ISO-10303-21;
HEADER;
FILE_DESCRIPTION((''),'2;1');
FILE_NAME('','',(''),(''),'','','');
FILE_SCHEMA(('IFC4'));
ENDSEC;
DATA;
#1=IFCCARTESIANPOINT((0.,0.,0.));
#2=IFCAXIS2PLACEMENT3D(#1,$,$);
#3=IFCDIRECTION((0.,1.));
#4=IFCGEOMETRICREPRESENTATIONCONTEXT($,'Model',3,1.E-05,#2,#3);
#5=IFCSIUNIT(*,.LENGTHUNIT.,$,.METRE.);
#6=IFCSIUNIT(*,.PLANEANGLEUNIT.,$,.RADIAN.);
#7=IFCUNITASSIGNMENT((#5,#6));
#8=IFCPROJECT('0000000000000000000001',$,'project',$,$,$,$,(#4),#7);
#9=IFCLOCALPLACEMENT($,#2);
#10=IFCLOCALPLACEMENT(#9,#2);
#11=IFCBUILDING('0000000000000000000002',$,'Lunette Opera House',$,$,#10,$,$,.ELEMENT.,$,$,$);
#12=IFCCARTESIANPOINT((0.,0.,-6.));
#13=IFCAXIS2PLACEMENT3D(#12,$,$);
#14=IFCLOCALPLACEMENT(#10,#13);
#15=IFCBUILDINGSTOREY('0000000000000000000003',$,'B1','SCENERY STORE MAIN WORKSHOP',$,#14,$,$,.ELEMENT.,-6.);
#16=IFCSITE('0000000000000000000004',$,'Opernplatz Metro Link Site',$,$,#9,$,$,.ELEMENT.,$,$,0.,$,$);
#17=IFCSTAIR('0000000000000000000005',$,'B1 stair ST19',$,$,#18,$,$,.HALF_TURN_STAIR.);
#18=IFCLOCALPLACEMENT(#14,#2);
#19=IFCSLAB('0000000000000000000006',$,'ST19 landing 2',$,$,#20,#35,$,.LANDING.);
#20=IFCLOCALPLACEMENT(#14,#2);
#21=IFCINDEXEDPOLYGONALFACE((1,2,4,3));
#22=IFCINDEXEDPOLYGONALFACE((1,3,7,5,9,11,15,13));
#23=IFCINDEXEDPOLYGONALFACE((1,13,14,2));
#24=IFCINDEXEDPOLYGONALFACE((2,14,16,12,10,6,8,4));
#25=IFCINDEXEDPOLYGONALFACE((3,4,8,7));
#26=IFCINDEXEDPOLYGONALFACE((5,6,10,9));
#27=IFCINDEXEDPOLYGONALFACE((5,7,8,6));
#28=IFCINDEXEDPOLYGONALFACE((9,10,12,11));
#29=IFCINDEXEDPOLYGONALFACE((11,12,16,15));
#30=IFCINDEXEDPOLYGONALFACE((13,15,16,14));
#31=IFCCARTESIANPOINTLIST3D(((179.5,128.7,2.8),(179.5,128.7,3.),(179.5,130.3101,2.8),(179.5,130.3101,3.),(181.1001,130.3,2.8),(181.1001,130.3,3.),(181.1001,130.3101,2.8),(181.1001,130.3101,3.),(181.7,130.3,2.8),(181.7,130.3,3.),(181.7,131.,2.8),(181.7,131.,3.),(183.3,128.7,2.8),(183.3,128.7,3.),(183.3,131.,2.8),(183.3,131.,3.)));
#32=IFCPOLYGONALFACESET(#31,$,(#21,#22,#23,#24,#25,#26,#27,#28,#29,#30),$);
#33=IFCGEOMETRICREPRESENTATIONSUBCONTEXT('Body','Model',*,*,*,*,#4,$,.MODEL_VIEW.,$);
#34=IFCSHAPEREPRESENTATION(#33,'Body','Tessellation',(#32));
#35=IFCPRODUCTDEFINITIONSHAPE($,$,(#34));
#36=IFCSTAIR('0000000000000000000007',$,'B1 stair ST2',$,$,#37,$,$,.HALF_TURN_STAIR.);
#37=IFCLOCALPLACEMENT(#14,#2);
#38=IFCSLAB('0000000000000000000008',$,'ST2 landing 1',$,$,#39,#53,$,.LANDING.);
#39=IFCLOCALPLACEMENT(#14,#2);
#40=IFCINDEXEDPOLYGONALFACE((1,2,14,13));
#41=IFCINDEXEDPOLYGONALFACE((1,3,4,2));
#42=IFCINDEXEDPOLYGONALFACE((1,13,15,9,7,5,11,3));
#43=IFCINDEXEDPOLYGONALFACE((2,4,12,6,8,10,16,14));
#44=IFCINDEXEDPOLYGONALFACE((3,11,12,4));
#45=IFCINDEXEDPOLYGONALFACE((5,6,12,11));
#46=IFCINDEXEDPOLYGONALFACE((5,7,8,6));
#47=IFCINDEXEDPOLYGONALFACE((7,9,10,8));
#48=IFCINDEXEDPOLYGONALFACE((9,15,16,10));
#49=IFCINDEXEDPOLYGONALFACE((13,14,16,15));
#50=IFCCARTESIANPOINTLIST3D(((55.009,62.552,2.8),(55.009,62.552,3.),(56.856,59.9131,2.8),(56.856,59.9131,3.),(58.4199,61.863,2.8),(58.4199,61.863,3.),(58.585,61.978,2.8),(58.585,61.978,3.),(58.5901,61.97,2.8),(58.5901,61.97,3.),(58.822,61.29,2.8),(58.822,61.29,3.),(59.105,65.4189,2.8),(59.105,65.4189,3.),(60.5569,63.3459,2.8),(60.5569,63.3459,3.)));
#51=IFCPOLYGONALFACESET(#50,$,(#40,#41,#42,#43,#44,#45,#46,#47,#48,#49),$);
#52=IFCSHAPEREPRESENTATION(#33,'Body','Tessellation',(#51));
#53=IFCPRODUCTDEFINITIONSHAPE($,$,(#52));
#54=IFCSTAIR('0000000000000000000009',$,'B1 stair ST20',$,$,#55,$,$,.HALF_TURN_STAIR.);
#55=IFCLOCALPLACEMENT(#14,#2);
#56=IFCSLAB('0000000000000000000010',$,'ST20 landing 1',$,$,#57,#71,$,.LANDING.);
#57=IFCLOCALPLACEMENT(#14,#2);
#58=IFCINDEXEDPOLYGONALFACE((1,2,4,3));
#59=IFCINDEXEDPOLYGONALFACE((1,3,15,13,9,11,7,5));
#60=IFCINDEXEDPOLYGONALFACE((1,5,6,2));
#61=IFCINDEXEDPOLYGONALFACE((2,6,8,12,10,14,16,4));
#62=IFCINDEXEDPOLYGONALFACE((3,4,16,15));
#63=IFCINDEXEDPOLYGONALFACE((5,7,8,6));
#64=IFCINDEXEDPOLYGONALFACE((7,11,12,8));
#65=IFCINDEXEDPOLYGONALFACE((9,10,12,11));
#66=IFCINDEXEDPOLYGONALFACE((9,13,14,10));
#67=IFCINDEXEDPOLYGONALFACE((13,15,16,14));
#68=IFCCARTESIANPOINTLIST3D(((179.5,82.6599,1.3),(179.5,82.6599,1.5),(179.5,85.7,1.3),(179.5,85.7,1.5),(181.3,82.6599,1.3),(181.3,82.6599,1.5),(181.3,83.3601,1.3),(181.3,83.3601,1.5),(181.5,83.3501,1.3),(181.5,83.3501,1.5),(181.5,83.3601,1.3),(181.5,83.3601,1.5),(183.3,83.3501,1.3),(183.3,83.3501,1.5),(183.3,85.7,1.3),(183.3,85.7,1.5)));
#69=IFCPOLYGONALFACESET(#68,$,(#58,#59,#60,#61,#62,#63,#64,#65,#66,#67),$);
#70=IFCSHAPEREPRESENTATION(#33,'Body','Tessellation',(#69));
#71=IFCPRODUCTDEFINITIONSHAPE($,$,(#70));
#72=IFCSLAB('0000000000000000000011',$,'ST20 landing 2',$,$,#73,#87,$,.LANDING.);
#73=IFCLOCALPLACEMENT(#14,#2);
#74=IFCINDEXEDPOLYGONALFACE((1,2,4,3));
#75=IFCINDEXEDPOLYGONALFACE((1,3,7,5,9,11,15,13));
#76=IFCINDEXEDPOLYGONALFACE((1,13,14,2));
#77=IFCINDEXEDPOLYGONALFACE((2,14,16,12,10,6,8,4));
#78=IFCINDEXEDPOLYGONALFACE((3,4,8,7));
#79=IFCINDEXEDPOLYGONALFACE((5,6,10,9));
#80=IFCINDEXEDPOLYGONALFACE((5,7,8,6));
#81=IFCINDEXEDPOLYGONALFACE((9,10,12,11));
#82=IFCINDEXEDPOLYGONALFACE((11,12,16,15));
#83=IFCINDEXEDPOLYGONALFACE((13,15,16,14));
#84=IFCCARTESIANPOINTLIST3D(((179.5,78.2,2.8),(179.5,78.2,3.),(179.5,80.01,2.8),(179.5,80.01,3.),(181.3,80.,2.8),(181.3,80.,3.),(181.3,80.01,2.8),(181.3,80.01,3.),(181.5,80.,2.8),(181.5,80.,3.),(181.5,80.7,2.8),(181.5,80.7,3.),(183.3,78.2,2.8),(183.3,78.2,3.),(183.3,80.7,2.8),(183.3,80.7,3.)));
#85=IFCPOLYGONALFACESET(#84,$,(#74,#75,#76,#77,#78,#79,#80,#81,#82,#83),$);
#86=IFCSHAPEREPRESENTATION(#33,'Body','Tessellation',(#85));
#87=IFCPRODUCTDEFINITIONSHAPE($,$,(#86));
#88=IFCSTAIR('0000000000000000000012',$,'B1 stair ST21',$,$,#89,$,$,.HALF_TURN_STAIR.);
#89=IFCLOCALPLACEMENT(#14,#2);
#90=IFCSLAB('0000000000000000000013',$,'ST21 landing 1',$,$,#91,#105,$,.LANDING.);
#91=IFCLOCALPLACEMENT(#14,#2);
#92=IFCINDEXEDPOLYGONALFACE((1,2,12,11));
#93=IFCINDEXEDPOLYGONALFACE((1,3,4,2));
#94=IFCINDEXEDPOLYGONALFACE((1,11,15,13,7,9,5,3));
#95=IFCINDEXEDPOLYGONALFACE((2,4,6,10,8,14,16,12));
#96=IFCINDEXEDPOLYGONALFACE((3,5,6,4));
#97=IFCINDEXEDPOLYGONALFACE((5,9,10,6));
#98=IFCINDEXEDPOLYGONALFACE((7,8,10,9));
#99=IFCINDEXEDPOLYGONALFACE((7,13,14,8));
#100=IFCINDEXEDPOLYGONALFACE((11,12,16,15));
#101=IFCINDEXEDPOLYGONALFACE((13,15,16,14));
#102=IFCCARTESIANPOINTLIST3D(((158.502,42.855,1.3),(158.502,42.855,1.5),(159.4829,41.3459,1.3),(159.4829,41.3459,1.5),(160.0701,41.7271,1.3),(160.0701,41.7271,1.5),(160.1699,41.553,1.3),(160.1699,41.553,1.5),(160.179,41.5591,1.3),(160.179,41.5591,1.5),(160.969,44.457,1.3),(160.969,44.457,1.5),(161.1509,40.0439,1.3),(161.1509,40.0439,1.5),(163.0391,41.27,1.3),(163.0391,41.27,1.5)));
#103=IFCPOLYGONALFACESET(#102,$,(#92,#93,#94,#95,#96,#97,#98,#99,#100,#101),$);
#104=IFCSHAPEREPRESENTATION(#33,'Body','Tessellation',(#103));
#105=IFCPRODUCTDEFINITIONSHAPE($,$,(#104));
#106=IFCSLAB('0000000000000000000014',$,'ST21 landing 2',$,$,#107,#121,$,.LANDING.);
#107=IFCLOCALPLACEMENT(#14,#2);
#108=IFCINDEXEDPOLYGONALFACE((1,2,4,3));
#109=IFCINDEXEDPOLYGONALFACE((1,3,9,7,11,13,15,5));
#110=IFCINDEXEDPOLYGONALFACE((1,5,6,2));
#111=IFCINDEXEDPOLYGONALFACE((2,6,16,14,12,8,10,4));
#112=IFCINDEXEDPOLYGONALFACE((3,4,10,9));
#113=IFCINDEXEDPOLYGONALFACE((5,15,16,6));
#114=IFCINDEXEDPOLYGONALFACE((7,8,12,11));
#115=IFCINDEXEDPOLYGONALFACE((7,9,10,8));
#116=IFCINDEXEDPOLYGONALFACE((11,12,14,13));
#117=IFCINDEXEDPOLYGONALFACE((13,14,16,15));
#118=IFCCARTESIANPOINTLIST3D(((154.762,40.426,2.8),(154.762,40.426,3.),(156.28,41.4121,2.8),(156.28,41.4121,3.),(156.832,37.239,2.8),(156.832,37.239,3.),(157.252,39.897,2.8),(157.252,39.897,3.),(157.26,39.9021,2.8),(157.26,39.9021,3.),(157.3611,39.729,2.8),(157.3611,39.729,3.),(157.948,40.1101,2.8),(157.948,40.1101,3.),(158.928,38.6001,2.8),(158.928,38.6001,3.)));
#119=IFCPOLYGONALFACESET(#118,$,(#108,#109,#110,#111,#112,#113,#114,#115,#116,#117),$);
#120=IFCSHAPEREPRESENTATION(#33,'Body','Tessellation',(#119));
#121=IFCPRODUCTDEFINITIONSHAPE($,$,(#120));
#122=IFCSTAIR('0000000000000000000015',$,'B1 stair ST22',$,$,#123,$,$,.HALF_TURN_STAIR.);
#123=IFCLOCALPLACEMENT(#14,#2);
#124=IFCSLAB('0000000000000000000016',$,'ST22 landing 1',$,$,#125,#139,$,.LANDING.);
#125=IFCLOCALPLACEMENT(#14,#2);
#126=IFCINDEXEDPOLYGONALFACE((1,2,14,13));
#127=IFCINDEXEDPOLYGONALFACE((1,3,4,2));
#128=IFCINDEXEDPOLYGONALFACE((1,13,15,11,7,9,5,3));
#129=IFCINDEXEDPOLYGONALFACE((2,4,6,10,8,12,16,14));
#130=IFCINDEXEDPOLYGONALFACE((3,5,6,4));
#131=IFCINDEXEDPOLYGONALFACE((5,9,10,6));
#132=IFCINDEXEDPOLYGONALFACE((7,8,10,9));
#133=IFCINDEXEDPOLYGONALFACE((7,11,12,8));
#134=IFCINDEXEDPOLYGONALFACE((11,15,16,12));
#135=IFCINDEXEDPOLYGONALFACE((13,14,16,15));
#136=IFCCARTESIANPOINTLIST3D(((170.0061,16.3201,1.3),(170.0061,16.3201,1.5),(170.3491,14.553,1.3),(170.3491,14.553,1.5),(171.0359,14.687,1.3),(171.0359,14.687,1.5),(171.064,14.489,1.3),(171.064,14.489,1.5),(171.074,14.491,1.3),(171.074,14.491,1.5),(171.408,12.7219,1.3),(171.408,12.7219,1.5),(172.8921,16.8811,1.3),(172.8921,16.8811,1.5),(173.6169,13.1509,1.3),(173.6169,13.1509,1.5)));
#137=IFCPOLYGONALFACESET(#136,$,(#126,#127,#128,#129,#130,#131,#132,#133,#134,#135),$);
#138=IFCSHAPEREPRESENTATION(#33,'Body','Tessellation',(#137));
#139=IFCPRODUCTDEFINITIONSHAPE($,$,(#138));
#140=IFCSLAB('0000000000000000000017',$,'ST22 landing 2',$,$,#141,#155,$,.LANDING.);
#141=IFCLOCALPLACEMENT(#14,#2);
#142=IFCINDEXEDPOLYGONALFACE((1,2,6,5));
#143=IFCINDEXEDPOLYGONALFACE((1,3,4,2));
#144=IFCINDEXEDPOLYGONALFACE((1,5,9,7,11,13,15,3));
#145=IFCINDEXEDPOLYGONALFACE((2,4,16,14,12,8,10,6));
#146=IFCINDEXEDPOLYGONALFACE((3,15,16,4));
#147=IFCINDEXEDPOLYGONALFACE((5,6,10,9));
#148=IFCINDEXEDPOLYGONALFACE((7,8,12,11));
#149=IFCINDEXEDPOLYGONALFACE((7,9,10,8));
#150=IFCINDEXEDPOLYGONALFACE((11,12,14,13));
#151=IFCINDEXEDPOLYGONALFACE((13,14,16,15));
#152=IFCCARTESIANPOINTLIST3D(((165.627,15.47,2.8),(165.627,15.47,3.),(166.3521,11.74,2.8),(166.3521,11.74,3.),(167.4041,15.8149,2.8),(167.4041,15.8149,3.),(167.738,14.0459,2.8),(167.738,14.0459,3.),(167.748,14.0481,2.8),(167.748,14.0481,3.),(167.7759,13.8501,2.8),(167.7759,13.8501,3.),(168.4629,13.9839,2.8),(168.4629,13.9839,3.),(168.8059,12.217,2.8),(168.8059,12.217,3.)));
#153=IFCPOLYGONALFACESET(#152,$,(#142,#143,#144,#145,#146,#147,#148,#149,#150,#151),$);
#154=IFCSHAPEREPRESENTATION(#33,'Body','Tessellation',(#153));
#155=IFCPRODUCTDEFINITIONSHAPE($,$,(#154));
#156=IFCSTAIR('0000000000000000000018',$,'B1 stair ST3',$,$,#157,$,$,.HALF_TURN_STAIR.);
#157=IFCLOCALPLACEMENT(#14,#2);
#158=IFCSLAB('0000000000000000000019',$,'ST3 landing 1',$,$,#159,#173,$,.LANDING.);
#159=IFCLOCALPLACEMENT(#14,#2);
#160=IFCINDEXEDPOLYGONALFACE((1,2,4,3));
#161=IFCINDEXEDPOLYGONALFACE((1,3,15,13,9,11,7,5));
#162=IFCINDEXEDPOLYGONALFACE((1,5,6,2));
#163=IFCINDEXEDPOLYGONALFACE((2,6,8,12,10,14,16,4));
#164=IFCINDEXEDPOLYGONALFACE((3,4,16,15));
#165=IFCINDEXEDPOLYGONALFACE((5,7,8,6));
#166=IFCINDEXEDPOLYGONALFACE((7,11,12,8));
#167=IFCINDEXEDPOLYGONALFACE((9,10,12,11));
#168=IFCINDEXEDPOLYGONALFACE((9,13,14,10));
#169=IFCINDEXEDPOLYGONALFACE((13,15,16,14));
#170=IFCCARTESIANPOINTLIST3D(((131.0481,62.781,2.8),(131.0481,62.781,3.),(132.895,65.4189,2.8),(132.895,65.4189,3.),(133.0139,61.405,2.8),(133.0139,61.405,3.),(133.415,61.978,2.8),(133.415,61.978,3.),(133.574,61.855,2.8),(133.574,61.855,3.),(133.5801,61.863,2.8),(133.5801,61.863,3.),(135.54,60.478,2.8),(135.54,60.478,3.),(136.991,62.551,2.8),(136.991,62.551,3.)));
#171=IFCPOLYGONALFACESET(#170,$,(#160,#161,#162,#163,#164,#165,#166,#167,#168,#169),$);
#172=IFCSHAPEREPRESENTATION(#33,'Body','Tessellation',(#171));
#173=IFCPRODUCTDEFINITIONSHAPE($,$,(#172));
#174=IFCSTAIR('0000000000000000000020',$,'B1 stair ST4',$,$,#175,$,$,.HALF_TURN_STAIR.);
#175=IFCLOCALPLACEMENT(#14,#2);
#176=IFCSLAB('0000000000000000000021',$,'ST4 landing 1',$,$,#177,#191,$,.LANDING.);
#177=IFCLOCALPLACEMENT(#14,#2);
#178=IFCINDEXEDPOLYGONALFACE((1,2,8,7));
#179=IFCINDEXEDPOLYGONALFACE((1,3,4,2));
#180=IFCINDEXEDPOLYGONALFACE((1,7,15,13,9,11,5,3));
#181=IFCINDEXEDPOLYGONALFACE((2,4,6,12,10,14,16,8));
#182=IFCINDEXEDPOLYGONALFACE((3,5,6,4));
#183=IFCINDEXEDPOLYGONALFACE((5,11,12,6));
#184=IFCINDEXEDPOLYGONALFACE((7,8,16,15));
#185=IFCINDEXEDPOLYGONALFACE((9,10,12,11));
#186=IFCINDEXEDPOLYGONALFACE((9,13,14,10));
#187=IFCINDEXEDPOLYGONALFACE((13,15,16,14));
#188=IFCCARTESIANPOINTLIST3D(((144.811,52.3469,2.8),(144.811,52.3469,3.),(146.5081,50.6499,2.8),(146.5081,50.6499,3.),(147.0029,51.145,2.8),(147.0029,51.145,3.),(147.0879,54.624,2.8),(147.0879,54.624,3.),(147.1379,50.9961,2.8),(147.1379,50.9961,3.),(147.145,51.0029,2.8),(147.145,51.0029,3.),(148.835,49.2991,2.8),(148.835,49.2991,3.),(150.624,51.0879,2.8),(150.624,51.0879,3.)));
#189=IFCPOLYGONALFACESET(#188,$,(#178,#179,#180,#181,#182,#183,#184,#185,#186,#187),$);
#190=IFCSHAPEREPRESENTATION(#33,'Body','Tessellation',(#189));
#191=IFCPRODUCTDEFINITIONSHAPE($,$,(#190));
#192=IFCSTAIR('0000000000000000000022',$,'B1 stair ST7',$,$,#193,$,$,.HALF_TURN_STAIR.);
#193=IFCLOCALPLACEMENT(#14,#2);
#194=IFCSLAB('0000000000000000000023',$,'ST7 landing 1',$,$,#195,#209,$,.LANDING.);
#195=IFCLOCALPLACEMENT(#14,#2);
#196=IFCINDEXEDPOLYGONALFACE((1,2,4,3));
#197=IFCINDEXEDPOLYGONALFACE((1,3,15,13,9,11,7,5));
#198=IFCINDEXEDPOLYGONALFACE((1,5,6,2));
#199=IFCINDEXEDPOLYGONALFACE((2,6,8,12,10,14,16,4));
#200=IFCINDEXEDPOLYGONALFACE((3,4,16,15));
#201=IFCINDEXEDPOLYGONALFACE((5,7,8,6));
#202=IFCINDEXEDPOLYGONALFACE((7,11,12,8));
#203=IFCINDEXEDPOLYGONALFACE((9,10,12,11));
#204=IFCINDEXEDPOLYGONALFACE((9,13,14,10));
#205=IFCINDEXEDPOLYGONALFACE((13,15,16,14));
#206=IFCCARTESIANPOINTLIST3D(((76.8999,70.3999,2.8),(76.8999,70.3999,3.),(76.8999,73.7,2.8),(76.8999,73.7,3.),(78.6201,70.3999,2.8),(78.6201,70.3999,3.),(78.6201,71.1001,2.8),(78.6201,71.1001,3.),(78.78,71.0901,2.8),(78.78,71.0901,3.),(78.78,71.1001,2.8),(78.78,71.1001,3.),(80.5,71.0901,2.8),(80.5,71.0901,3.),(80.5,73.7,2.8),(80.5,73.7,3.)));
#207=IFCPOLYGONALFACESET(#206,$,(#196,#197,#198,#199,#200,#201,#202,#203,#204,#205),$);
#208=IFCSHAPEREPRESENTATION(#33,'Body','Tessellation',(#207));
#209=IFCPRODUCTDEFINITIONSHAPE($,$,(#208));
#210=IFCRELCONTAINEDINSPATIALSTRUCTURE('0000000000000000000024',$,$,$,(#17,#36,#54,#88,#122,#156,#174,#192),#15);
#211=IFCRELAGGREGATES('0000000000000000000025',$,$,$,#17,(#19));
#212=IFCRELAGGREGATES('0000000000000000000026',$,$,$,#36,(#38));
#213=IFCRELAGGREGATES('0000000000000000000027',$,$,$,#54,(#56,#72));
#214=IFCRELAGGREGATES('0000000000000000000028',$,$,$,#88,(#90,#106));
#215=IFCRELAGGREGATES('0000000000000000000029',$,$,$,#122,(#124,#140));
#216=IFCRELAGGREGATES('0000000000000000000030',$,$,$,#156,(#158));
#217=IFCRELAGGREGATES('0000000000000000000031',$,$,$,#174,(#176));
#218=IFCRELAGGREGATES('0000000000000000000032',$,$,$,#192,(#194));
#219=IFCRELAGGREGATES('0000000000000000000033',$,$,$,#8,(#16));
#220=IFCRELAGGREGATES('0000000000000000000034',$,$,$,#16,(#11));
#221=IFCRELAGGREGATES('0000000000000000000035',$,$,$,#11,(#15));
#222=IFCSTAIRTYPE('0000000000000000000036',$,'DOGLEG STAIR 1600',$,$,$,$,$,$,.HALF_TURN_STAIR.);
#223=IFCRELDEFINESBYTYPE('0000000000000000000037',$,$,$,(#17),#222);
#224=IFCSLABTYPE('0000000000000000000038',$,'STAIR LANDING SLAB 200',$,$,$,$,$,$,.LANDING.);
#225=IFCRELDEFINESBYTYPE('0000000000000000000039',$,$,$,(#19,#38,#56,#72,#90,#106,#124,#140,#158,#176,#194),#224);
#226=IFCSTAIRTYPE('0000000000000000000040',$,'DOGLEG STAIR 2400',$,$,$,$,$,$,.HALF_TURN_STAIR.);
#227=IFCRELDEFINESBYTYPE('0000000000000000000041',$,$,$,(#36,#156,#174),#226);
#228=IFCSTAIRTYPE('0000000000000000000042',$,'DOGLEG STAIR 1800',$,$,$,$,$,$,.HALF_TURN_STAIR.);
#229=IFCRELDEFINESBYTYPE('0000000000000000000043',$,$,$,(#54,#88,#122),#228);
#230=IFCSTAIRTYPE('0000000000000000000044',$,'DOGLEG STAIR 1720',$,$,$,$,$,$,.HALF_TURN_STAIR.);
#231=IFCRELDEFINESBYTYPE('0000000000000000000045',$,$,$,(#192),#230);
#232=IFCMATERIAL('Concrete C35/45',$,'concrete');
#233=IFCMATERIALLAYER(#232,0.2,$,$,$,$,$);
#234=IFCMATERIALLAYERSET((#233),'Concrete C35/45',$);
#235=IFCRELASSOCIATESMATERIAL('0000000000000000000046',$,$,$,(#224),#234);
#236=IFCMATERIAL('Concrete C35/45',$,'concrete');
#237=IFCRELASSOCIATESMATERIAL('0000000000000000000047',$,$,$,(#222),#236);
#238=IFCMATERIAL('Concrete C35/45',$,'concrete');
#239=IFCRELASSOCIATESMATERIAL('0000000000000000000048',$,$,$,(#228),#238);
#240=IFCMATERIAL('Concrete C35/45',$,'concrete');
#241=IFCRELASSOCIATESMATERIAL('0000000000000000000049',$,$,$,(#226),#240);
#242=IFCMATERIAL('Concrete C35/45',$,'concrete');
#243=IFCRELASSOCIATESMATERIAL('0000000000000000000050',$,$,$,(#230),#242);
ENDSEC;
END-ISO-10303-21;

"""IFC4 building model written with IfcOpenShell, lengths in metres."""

from ifc_helpers import new_model, si_unit, direction, frame, origin, place, context, subcontext, project, spatial, polyline, outline, extrude, material, layer, layer_set, type_object, element, aggregate, save


model = new_model("IFC4")

# Units and contexts
model_context = context("Model", 3, precision=1e-05, world=origin(), true_north=direction((0.0, 1.0)))
body_context = subcontext(model_context, "Body", "Model", "MODEL_VIEW")
ifc_project = project(units=[si_unit("LENGTHUNIT", "METRE"), si_unit("PLANEANGLEUNIT", "RADIAN")], contexts=[model_context])

# Site, building, storey
site_placement = place(None, origin())
site = spatial("IfcSite", under=ifc_project, at=site_placement, Name="Opernplatz Metro Link Site", CompositionType="ELEMENT", RefElevation=0.0)
building_placement = place(site_placement, origin())
building = spatial("IfcBuilding", under=site, at=building_placement, Name="Lunette Opera House", CompositionType="ELEMENT")
storey_placement = place(building_placement, frame((0.0, 0.0, -6.0)))
storey = spatial("IfcBuildingStorey", under=building, at=storey_placement, Name="B1", Description="SCENERY STORE MAIN WORKSHOP", CompositionType="ELEMENT", Elevation=-6.0)

# Shared definitions
ifc_material_1 = material(Name="Concrete C35/45", Category="concrete")
ifc_layer_1 = layer(ifc_material_1, 0.2)
ifc_layer_set_1 = layer_set([ifc_layer_1], Name="Concrete C35/45")
slab_type_1 = type_object("IfcSlabType", Name="STAIR LANDING SLAB 200", PredefinedType="LANDING", material=ifc_layer_set_1)

# Stair, slab
ifc_material_2 = material(Name="Concrete C35/45", Category="concrete")
stair_type_1 = type_object("IfcStairType", Name="DOGLEG STAIR 1600", PredefinedType="HALF_TURN_STAIR", material=ifc_material_2)
ifc_material_3 = material(Name="Concrete C35/45", Category="concrete")
stair_type_2 = type_object("IfcStairType", Name="DOGLEG STAIR 1800", PredefinedType="HALF_TURN_STAIR", material=ifc_material_3)
stair_1_placement = place(storey_placement, origin())
stair_1 = element("IfcStair", 1, at=stair_1_placement, inside=storey, type_object=stair_type_1, Name="B1 stair ST19", PredefinedType="HALF_TURN_STAIR")
slab_1_placement = place(storey_placement, frame((0.0, 0.0, 2.8)))
slab_1 = element("IfcSlab", 2, at=slab_1_placement, type_object=slab_type_1, Name="ST19 landing 2", PredefinedType="LANDING", context=body_context, shape_type="SweptSolid", body=[
    extrude(outline(polyline([(179.5, 128.7), (179.5, 130.3101), (181.1001, 130.3101), (181.1001, 130.3), (181.7, 130.3), (181.7, 131.0), (183.3, 131.0), (183.3, 128.7), (179.5, 128.7)])), origin(), (0.0, 0.0, 1.0), 0.2),
])
aggregate(stair_1, [slab_1])

# Stair, slab
ifc_material_4 = material(Name="Concrete C35/45", Category="concrete")
stair_type_3 = type_object("IfcStairType", Name="DOGLEG STAIR 2400", PredefinedType="HALF_TURN_STAIR", material=ifc_material_4)
stair_2_placement = place(storey_placement, origin())
stair_2 = element("IfcStair", 3, at=stair_2_placement, inside=storey, type_object=stair_type_3, Name="B1 stair ST2", PredefinedType="HALF_TURN_STAIR")
slab_2_placement = place(storey_placement, frame((0.0, 0.0, 2.8)))
slab_2 = element("IfcSlab", 4, at=slab_2_placement, type_object=slab_type_1, Name="ST2 landing 1", PredefinedType="LANDING", context=body_context, shape_type="SweptSolid", body=[
    extrude(outline(polyline([(55.009, 62.552), (59.105, 65.4189), (60.5569, 63.3459), (58.5901, 61.97), (58.585, 61.978), (58.4199, 61.863), (58.822, 61.29), (56.856, 59.9131), (55.009, 62.552)])), origin(), (0.0, 0.0, 1.0), 0.2),
])
aggregate(stair_2, [slab_2])

# Stairs, slabs
stair_3_placement = place(storey_placement, origin())
stair_3 = element("IfcStair", 5, at=stair_3_placement, inside=storey, type_object=stair_type_2, Name="B1 stair ST20", PredefinedType="HALF_TURN_STAIR")
slab_3_placement = place(storey_placement, frame((0.0, 0.0, 1.3)))
slab_3 = element("IfcSlab", 6, at=slab_3_placement, type_object=slab_type_1, Name="ST20 landing 1", PredefinedType="LANDING", context=body_context, shape_type="SweptSolid", body=[
    extrude(outline(polyline([(183.3, 83.3501), (181.5, 83.3501), (181.5, 83.3601), (181.3, 83.3601), (181.3, 82.6599), (179.5, 82.6599), (179.5, 85.7), (183.3, 85.7), (183.3, 83.3501)])), origin(), (0.0, 0.0, 1.0), 0.2),
])
slab_4_placement = place(storey_placement, frame((0.0, 0.0, 2.8)))
slab_4 = element("IfcSlab", 7, at=slab_4_placement, type_object=slab_type_1, Name="ST20 landing 2", PredefinedType="LANDING", context=body_context, shape_type="SweptSolid", body=[
    extrude(outline(polyline([(179.5, 78.2), (179.5, 80.01), (181.3, 80.01), (181.3, 80.0), (181.5, 80.0), (181.5, 80.7), (183.3, 80.7), (183.3, 78.2), (179.5, 78.2)])), origin(), (0.0, 0.0, 1.0), 0.2),
])
aggregate(stair_3, [slab_3, slab_4])
stair_4_placement = place(storey_placement, origin())
stair_4 = element("IfcStair", 8, at=stair_4_placement, inside=storey, type_object=stair_type_2, Name="B1 stair ST21", PredefinedType="HALF_TURN_STAIR")
slab_5_placement = place(storey_placement, frame((0.0, 0.0, 1.3)))
slab_5 = element("IfcSlab", 9, at=slab_5_placement, type_object=slab_type_1, Name="ST21 landing 1", PredefinedType="LANDING", context=body_context, shape_type="SweptSolid", body=[
    extrude(outline(polyline([(163.0391, 41.27), (161.1509, 40.0439), (160.1699, 41.553), (160.179, 41.5591), (160.0701, 41.7271), (159.4829, 41.3459), (158.502, 42.855), (160.969, 44.457), (163.0391, 41.27)])), origin(), (0.0, 0.0, 1.0), 0.2),
])
slab_6_placement = place(storey_placement, frame((0.0, 0.0, 2.8)))
slab_6 = element("IfcSlab", 10, at=slab_6_placement, type_object=slab_type_1, Name="ST21 landing 2", PredefinedType="LANDING", context=body_context, shape_type="SweptSolid", body=[
    extrude(outline(polyline([(154.762, 40.426), (156.28, 41.4121), (157.26, 39.9021), (157.252, 39.897), (157.3611, 39.729), (157.948, 40.1101), (158.928, 38.6001), (156.832, 37.239), (154.762, 40.426)])), origin(), (0.0, 0.0, 1.0), 0.2),
])
aggregate(stair_4, [slab_5, slab_6])
stair_5_placement = place(storey_placement, origin())
stair_5 = element("IfcStair", 11, at=stair_5_placement, inside=storey, type_object=stair_type_2, Name="B1 stair ST22", PredefinedType="HALF_TURN_STAIR")
slab_7_placement = place(storey_placement, frame((0.0, 0.0, 1.3)))
slab_7 = element("IfcSlab", 12, at=slab_7_placement, type_object=slab_type_1, Name="ST22 landing 1", PredefinedType="LANDING", context=body_context, shape_type="SweptSolid", body=[
    extrude(outline(polyline([(171.408, 12.7219), (171.064, 14.489), (171.074, 14.491), (171.0359, 14.687), (170.3491, 14.553), (170.0061, 16.3201), (172.8921, 16.8811), (173.6169, 13.1509), (171.408, 12.7219)])), origin(), (0.0, 0.0, 1.0), 0.2),
])
slab_8_placement = place(storey_placement, frame((0.0, 0.0, 2.8)))
slab_8 = element("IfcSlab", 13, at=slab_8_placement, type_object=slab_type_1, Name="ST22 landing 2", PredefinedType="LANDING", context=body_context, shape_type="SweptSolid", body=[
    extrude(outline(polyline([(166.3521, 11.74), (165.627, 15.47), (167.4041, 15.8149), (167.748, 14.0481), (167.738, 14.0459), (167.7759, 13.8501), (168.4629, 13.9839), (168.8059, 12.217), (166.3521, 11.74)])), origin(), (0.0, 0.0, 1.0), 0.2),
])
aggregate(stair_5, [slab_7, slab_8])

# Stairs, slabs
stair_6_placement = place(storey_placement, origin())
stair_6 = element("IfcStair", 14, at=stair_6_placement, inside=storey, type_object=stair_type_3, Name="B1 stair ST3", PredefinedType="HALF_TURN_STAIR")
slab_9_placement = place(storey_placement, frame((0.0, 0.0, 2.8)))
slab_9 = element("IfcSlab", 15, at=slab_9_placement, type_object=slab_type_1, Name="ST3 landing 1", PredefinedType="LANDING", context=body_context, shape_type="SweptSolid", body=[
    extrude(outline(polyline([(136.991, 62.551), (135.54, 60.478), (133.574, 61.855), (133.5801, 61.863), (133.415, 61.978), (133.0139, 61.405), (131.0481, 62.781), (132.895, 65.4189), (136.991, 62.551)])), origin(), (0.0, 0.0, 1.0), 0.2),
])
aggregate(stair_6, [slab_9])
stair_7_placement = place(storey_placement, origin())
stair_7 = element("IfcStair", 16, at=stair_7_placement, inside=storey, type_object=stair_type_3, Name="B1 stair ST4", PredefinedType="HALF_TURN_STAIR")
slab_10_placement = place(storey_placement, frame((0.0, 0.0, 2.8)))
slab_10 = element("IfcSlab", 17, at=slab_10_placement, type_object=slab_type_1, Name="ST4 landing 1", PredefinedType="LANDING", context=body_context, shape_type="SweptSolid", body=[
    extrude(outline(polyline([(148.835, 49.2991), (147.1379, 50.9961), (147.145, 51.0029), (147.0029, 51.145), (146.5081, 50.6499), (144.811, 52.3469), (147.0879, 54.624), (150.624, 51.0879), (148.835, 49.2991)])), origin(), (0.0, 0.0, 1.0), 0.2),
])
aggregate(stair_7, [slab_10])
ifc_material_5 = material(Name="Concrete C35/45", Category="concrete")
stair_type_4 = type_object("IfcStairType", Name="DOGLEG STAIR 1720", PredefinedType="HALF_TURN_STAIR", material=ifc_material_5)
stair_8_placement = place(storey_placement, origin())
stair_8 = element("IfcStair", 18, at=stair_8_placement, inside=storey, type_object=stair_type_4, Name="B1 stair ST7", PredefinedType="HALF_TURN_STAIR")
slab_11_placement = place(storey_placement, frame((0.0, 0.0, 2.8)))
slab_11 = element("IfcSlab", 19, at=slab_11_placement, type_object=slab_type_1, Name="ST7 landing 1", PredefinedType="LANDING", context=body_context, shape_type="SweptSolid", body=[
    extrude(outline(polyline([(80.5, 71.0901), (78.78, 71.0901), (78.78, 71.1001), (78.6201, 71.1001), (78.6201, 70.3999), (76.8999, 70.3999), (76.8999, 73.7), (80.5, 73.7), (80.5, 71.0901)])), origin(), (0.0, 0.0, 1.0), 0.2),
])
aggregate(stair_8, [slab_11])

save(model, "model.ifc")
